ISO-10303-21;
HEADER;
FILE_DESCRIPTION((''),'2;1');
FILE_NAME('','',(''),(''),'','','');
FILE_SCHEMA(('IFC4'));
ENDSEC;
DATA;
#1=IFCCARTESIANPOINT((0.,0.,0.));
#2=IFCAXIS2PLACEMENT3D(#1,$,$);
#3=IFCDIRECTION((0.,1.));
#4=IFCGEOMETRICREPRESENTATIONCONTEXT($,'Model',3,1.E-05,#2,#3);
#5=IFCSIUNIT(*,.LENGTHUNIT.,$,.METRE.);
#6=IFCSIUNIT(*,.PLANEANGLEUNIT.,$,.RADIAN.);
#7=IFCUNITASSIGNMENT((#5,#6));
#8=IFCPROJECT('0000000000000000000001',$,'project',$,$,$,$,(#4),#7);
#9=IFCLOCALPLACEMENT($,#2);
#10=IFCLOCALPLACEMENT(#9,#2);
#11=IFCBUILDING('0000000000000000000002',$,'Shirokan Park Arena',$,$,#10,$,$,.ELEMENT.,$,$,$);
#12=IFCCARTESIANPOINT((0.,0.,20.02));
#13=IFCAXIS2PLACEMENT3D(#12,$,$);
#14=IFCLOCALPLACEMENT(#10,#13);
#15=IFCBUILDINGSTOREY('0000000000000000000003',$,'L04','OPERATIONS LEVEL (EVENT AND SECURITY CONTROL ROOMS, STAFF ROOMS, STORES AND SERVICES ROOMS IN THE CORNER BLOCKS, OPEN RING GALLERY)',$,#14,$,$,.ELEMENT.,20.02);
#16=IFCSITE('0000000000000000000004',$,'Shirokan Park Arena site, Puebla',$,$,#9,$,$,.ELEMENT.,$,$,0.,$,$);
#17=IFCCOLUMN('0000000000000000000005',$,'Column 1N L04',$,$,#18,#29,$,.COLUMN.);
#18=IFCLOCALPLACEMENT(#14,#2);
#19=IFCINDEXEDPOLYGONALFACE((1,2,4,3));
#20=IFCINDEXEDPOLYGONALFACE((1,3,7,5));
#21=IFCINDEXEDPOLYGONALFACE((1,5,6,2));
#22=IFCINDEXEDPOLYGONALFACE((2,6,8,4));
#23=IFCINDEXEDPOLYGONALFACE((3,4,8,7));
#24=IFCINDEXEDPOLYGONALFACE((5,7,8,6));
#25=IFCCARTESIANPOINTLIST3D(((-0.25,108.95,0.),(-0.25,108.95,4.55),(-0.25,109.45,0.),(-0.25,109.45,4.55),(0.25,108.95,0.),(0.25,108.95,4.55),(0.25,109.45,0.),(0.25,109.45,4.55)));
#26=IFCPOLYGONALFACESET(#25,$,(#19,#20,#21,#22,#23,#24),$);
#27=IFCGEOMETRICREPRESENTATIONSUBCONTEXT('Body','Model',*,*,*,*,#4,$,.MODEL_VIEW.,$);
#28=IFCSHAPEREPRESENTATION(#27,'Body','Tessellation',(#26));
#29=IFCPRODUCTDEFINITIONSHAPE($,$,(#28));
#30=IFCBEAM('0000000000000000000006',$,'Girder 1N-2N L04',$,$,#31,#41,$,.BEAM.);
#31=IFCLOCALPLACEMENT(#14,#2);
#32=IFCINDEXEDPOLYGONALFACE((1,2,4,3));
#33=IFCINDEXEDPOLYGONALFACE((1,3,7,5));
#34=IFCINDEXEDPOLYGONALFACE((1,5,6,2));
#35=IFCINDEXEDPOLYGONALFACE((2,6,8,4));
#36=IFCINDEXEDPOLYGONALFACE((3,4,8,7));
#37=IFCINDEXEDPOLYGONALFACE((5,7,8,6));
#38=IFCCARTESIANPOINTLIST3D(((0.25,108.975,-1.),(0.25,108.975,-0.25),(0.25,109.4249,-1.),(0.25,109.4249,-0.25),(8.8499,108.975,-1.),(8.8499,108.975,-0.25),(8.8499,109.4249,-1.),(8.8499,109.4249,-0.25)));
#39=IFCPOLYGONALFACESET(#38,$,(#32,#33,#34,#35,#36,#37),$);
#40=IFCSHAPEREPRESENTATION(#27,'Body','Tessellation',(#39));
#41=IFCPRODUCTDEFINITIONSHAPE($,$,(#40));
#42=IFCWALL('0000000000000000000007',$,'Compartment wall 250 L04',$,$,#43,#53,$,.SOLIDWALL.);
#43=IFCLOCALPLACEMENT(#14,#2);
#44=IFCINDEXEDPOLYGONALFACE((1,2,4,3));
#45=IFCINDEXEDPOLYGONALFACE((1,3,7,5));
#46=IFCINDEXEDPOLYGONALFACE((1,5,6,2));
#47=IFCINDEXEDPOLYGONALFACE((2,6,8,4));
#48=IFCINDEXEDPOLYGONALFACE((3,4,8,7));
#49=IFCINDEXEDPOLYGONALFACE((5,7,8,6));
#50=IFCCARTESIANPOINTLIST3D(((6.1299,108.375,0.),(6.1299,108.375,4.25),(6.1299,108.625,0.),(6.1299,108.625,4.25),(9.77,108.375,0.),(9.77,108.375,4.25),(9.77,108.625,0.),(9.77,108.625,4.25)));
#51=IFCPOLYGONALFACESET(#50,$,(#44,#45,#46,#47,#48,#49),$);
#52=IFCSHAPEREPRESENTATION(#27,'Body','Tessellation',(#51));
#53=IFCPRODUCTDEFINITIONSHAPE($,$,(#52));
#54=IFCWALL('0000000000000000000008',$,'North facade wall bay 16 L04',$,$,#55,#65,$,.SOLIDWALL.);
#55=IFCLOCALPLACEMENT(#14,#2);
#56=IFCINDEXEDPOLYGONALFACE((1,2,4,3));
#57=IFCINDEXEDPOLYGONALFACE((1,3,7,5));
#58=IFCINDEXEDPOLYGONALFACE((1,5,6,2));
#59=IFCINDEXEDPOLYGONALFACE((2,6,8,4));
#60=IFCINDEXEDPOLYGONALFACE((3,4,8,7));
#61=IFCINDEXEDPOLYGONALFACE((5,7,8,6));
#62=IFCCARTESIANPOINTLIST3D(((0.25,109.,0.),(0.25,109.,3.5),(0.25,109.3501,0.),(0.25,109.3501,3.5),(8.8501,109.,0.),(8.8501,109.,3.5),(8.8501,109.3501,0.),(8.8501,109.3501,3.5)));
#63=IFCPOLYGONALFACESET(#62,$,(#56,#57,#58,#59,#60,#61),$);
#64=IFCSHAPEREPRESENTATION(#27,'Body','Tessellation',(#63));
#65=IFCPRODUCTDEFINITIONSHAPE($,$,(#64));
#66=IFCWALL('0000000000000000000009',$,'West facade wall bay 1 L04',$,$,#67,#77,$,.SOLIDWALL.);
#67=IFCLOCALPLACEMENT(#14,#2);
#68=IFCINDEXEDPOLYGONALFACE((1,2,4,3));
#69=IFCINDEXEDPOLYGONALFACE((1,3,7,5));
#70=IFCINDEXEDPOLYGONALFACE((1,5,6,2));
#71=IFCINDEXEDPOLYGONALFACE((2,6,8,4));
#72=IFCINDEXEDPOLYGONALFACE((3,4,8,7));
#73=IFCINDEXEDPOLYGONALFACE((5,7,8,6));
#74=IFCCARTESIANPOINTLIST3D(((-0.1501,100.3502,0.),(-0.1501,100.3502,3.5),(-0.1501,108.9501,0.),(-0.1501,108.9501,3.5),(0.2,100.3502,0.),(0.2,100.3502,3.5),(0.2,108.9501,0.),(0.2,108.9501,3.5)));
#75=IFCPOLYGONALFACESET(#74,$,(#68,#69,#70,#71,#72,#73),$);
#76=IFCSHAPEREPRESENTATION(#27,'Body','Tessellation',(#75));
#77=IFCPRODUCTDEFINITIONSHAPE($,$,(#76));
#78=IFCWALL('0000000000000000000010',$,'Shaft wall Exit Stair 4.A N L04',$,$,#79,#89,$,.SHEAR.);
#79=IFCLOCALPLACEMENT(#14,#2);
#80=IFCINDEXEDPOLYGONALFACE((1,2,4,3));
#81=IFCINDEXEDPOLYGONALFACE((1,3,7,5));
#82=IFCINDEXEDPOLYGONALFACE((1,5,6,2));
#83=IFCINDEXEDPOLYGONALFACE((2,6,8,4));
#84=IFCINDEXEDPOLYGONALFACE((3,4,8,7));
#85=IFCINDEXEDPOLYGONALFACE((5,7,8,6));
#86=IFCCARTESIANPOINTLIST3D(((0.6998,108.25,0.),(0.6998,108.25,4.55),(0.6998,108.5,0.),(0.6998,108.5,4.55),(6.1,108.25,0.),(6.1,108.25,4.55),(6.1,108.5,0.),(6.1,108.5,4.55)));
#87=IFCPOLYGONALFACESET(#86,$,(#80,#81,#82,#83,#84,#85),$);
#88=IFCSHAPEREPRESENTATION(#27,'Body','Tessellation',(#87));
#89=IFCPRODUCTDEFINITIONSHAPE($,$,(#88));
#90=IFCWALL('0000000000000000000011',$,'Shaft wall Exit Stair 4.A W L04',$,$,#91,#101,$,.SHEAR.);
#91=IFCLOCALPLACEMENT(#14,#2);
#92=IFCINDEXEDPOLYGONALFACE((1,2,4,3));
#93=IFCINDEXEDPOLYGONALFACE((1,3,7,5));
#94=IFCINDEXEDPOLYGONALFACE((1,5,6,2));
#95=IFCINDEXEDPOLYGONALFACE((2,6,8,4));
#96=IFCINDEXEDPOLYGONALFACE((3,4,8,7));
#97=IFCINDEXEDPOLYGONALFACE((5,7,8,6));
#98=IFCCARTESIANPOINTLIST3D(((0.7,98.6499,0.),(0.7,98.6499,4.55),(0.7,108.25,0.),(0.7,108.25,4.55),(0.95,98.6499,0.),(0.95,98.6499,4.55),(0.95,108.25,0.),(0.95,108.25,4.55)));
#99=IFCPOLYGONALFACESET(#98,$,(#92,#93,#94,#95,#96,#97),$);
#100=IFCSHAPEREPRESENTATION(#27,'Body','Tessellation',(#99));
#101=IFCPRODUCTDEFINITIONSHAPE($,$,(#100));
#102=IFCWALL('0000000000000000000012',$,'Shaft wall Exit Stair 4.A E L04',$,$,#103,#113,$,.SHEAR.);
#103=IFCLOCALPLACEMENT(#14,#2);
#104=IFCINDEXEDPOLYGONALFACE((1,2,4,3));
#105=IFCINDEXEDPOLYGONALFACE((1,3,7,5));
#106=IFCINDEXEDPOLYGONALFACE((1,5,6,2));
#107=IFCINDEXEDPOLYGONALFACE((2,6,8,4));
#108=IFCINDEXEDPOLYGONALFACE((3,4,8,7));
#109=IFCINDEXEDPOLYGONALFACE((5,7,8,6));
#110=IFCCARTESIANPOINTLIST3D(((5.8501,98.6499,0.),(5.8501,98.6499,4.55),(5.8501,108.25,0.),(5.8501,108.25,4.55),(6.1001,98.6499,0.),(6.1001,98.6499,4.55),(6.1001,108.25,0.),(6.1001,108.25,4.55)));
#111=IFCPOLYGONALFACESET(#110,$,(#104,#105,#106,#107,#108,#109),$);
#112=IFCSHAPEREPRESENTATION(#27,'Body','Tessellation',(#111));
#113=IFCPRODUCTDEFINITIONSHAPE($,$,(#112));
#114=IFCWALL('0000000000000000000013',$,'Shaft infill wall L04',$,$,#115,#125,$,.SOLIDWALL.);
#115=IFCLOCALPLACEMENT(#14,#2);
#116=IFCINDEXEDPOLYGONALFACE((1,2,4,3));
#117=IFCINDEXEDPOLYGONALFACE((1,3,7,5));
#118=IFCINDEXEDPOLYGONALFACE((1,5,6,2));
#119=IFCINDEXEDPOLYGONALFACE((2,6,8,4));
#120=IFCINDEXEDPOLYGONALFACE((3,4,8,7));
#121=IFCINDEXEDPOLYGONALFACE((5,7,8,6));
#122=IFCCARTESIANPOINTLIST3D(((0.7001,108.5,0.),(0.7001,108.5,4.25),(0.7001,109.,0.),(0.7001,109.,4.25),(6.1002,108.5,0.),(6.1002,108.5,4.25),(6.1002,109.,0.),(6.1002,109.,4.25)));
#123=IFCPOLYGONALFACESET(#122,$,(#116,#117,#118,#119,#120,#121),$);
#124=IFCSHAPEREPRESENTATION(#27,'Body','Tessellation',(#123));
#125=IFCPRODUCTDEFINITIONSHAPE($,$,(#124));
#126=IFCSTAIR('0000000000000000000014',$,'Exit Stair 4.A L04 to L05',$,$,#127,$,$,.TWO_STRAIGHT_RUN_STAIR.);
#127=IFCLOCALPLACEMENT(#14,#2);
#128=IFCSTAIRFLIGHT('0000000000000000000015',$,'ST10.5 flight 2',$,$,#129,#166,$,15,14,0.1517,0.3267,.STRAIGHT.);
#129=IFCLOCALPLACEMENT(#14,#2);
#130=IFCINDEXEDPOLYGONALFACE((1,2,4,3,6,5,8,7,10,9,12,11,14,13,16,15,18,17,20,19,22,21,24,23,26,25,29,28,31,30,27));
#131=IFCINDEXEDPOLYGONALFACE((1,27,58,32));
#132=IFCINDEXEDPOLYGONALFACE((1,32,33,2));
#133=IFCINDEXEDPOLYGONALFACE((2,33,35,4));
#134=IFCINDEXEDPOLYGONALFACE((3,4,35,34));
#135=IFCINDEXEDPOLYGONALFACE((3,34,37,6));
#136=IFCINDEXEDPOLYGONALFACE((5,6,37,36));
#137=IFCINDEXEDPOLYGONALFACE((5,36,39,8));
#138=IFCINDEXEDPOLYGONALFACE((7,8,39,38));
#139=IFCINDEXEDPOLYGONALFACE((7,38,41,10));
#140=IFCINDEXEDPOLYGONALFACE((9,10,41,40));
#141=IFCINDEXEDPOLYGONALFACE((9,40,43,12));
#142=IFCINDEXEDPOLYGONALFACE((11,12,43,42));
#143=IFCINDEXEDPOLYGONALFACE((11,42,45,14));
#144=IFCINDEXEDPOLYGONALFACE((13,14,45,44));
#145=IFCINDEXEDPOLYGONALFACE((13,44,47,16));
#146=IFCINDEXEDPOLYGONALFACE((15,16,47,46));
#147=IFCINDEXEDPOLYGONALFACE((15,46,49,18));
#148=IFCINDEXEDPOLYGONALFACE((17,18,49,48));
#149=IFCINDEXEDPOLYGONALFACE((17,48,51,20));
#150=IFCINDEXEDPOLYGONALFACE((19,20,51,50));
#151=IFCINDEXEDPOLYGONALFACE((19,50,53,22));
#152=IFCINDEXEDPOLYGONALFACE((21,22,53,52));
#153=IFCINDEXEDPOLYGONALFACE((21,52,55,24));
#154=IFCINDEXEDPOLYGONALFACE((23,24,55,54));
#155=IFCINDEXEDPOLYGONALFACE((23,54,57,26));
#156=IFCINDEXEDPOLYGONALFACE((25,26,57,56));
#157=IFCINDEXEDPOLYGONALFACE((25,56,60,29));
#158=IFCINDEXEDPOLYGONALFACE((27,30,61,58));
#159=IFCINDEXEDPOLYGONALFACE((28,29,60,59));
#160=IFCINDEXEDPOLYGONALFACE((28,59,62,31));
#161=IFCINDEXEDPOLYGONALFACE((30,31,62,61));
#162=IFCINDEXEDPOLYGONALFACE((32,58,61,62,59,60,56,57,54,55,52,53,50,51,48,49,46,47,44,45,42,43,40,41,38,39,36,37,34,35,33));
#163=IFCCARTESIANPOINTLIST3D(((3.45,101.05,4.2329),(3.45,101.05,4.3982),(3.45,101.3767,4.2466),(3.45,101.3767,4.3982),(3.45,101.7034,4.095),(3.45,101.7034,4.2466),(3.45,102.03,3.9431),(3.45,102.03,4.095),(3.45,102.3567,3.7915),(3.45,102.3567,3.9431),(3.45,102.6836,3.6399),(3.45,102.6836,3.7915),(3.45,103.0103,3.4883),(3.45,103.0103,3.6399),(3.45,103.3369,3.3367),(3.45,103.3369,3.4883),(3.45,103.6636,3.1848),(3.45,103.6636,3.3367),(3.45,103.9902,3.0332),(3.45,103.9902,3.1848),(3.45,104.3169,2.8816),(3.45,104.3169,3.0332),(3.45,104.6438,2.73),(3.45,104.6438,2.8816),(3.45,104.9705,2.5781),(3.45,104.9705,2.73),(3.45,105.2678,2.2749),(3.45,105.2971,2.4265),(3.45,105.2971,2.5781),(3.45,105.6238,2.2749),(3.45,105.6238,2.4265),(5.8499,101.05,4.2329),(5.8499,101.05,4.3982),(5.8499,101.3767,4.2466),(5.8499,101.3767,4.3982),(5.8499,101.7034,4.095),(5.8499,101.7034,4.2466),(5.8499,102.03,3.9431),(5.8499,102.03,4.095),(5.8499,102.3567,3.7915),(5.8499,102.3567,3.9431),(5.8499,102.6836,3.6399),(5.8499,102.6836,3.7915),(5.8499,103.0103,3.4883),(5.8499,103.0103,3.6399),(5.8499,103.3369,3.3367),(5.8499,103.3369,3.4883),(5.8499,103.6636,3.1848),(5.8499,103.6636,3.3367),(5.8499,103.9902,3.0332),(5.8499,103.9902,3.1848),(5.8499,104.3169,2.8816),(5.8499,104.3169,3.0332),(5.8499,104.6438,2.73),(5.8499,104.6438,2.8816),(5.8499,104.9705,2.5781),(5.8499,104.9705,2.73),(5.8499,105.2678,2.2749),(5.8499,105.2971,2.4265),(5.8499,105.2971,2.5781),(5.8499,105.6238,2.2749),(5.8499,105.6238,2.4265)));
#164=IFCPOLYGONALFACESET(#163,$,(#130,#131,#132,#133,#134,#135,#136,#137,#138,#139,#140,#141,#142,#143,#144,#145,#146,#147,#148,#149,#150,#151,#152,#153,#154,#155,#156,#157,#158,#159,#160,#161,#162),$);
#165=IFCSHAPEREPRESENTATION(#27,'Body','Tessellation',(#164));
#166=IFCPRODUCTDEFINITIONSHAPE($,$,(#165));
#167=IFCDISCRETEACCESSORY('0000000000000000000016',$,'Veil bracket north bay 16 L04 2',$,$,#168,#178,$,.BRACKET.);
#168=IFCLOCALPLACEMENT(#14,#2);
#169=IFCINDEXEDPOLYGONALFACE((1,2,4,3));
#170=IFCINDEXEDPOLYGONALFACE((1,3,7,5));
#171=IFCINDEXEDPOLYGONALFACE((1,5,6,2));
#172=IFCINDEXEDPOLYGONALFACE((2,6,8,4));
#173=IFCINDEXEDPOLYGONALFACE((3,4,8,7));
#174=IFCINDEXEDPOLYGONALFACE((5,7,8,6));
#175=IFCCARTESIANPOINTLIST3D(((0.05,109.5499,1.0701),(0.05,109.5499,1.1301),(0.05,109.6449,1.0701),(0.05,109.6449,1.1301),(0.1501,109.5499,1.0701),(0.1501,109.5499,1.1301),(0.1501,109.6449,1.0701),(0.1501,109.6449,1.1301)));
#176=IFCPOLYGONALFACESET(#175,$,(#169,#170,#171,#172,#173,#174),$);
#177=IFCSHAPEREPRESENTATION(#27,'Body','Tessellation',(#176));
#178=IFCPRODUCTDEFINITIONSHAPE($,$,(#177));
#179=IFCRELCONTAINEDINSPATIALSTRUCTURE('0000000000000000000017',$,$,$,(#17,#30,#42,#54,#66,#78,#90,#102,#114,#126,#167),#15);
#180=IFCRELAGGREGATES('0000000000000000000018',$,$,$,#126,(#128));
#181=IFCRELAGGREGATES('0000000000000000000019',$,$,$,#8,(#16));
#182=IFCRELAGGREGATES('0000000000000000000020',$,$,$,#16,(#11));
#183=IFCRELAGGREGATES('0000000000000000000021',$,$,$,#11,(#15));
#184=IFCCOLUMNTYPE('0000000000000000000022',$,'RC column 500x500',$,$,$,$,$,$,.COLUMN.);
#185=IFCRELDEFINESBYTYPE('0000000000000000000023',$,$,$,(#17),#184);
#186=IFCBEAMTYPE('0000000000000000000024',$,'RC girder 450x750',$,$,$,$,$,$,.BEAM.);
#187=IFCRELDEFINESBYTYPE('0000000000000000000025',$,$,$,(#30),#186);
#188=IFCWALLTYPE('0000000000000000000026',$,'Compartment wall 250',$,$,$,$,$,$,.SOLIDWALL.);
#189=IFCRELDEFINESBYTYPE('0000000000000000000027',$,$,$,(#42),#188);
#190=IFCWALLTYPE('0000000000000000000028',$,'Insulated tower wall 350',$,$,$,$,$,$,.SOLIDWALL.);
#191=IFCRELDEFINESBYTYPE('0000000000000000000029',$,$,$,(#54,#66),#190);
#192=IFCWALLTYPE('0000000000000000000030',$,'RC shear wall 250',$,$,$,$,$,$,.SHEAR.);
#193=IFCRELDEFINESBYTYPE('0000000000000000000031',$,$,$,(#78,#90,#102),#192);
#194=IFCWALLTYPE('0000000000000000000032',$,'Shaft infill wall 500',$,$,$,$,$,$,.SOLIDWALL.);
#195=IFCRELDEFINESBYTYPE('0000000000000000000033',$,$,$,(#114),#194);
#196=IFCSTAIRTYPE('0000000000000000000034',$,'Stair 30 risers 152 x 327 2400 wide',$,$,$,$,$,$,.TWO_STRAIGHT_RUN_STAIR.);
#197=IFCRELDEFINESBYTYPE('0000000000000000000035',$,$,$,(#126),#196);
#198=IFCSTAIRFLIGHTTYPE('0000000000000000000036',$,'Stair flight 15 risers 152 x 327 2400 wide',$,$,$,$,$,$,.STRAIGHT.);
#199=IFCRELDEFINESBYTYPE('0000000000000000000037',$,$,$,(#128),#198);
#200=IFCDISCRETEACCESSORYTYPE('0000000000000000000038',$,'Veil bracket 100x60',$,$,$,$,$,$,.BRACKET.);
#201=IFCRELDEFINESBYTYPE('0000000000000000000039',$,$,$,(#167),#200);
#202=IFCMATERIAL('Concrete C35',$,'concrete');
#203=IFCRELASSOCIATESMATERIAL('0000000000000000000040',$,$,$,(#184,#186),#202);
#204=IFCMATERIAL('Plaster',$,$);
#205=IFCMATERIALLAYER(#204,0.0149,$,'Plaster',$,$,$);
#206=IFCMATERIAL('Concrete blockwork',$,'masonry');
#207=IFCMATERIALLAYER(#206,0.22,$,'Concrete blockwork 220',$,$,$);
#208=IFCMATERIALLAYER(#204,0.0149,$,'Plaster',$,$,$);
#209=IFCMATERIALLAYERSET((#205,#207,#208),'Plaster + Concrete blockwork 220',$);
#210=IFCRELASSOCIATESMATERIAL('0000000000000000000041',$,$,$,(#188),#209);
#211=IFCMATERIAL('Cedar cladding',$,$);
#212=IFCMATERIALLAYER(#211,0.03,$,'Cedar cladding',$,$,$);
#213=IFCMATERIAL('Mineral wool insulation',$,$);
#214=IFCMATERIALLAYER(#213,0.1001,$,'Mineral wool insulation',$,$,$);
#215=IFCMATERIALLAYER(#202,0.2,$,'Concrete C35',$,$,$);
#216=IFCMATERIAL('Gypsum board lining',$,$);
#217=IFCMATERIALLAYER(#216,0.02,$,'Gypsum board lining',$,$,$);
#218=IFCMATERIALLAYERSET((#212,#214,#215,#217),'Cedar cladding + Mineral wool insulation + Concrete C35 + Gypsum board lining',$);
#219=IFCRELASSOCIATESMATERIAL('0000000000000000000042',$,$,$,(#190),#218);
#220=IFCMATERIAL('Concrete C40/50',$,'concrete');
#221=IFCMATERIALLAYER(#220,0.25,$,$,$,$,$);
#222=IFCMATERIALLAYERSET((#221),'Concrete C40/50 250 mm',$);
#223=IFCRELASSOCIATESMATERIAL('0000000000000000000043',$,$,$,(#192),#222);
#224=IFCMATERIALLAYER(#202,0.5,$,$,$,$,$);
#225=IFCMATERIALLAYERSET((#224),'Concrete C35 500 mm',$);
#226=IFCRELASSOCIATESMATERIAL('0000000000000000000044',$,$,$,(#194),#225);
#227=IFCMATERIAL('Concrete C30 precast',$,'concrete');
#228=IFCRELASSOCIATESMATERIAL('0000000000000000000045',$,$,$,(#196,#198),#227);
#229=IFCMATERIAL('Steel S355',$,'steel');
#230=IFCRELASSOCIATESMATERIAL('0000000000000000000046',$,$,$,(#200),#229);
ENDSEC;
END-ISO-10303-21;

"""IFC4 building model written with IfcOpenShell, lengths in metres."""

from ifc_helpers import new_model, si_unit, direction, frame, frame_2d, origin, origin_2d, place, context, subcontext, project, spatial, polyline, rectangle, outline, extrude, material, layer, layer_set, material_profile, profile_set, type_object, element, aggregate, save


model = new_model("IFC4")

# Units and contexts
model_context = context("Model", 3, precision=1e-05, world=origin(), true_north=direction((0.0, 1.0)))
body_context = subcontext(model_context, "Body", "Model", "MODEL_VIEW")
ifc_project = project(units=[si_unit("LENGTHUNIT", "METRE"), si_unit("PLANEANGLEUNIT", "RADIAN")], contexts=[model_context])

# Site, building, storey
site_placement = place(None, origin())
site = spatial("IfcSite", under=ifc_project, at=site_placement, Name="Shirokan Park Arena site, Puebla", CompositionType="ELEMENT", RefElevation=0.0)
building_placement = place(site_placement, origin())
building = spatial("IfcBuilding", under=site, at=building_placement, Name="Shirokan Park Arena", CompositionType="ELEMENT")
storey_placement = place(building_placement, frame((0.0, 0.0, 20.02)))
storey = spatial("IfcBuildingStorey", under=building, at=storey_placement, Name="L04", Description="OPERATIONS LEVEL (EVENT AND SECURITY CONTROL ROOMS, STAFF ROOMS, STORES AND SERVICES ROOMS IN THE CORNER BLOCKS, OPEN RING GALLERY)", CompositionType="ELEMENT", Elevation=20.02)

# Column
ifc_material_1 = material(Name="Concrete C35", Category="concrete")
ifc_material_profile_1 = material_profile(ifc_material_1, rectangle(XDim=0.5, YDim=0.5, at=origin_2d()), Name="500x500")
ifc_profile_set_1 = profile_set([ifc_material_profile_1], Name="Concrete C35")
column_type = type_object("IfcColumnType", Name="RC column 500x500", PredefinedType="COLUMN", material=ifc_profile_set_1)
column_placement = place(storey_placement, frame((0.0, 109.2, 0.0), z_axis=(0.0, 0.0, 1.0), x_axis=(1.0, 0.0, 0.0)))
element("IfcColumn", 1, at=column_placement, inside=storey, type_object=column_type, Name="Column 1N L04", PredefinedType="COLUMN", context=body_context, shape_type="SweptSolid", body=[
    extrude(rectangle(XDim=0.5, YDim=0.5, at=origin_2d()), origin(), (0.0, 0.0, 1.0), 4.55),
])

# Beam
ifc_material_profile_2 = material_profile(ifc_material_1, rectangle(XDim=0.45, YDim=0.75, at=origin_2d()), Name="450x750")
ifc_profile_set_2 = profile_set([ifc_material_profile_2], Name="Concrete C35")
beam_type = type_object("IfcBeamType", Name="RC girder 450x750", PredefinedType="BEAM", material=ifc_profile_set_2)
beam_placement = place(storey_placement, frame((0.25, 109.2, -0.625), z_axis=(1.0, 0.0, 0.0), x_axis=(0.0, 1.0, 0.0)))
element("IfcBeam", 2, at=beam_placement, inside=storey, type_object=beam_type, Name="Girder 1N-2N L04", PredefinedType="BEAM", context=body_context, shape_type="SweptSolid", body=[
    extrude(rectangle(XDim=0.45, YDim=0.75, at=origin_2d()), origin(), (0.0, 0.0, 1.0), 8.5999),
])

# Walls
ifc_material_2 = material(Name="Plaster")
ifc_layer_1 = layer(ifc_material_2, 0.0149, Name="Plaster")
ifc_material_3 = material(Name="Concrete blockwork", Category="masonry")
ifc_layer_2 = layer(ifc_material_3, 0.22, Name="Concrete blockwork 220")
ifc_layer_3 = layer(ifc_material_2, 0.0149, Name="Plaster")
ifc_layer_set_1 = layer_set([ifc_layer_1, ifc_layer_2, ifc_layer_3], Name="Plaster + Concrete blockwork 220")
wall_type_1 = type_object("IfcWallType", Name="Compartment wall 250", PredefinedType="SOLIDWALL", material=ifc_layer_set_1)
wall_1_placement = place(storey_placement, frame((6.1299, 108.5, 0.0), z_axis=(0.0, 0.0, 1.0), x_axis=(1.0, 0.0, 0.0)))
element("IfcWall", 3, at=wall_1_placement, inside=storey, type_object=wall_type_1, Name="Compartment wall 250 L04", PredefinedType="SOLIDWALL", context=body_context, shape_type="SweptSolid", body=[
    extrude(rectangle(XDim=3.6401, YDim=0.25, at=frame_2d((1.8201, 0.0))), origin(), (0.0, 0.0, 1.0), 4.25),
])
ifc_material_4 = material(Name="Cedar cladding")
ifc_layer_4 = layer(ifc_material_4, 0.03, Name="Cedar cladding")
ifc_material_5 = material(Name="Mineral wool insulation")
ifc_layer_5 = layer(ifc_material_5, 0.1001, Name="Mineral wool insulation")
ifc_layer_6 = layer(ifc_material_1, 0.2, Name="Concrete C35")
ifc_material_6 = material(Name="Gypsum board lining")
ifc_layer_7 = layer(ifc_material_6, 0.02, Name="Gypsum board lining")
ifc_layer_set_2 = layer_set([ifc_layer_4, ifc_layer_5, ifc_layer_6, ifc_layer_7], Name="Cedar cladding + Mineral wool insulation + Concrete C35 + Gypsum board lining")
wall_type_2 = type_object("IfcWallType", Name="Insulated tower wall 350", PredefinedType="SOLIDWALL", material=ifc_layer_set_2)
wall_2_placement = place(storey_placement, frame((8.8501, 109.175, 0.0), z_axis=(0.0, 0.0, 1.0), x_axis=(-1.0, 0.0, 0.0)))
element("IfcWall", 4, at=wall_2_placement, inside=storey, type_object=wall_type_2, Name="North facade wall bay 16 L04", PredefinedType="SOLIDWALL", context=body_context, shape_type="SweptSolid", body=[
    extrude(rectangle(XDim=8.6001, YDim=0.3501, at=frame_2d((4.3, 0.0))), origin(), (0.0, 0.0, 1.0), 3.5),
])
wall_3_placement = place(storey_placement, frame((0.0249, 108.95, 0.0), z_axis=(0.0, 0.0, 1.0), x_axis=(0.0, -1.0, 0.0)))
element("IfcWall", 5, at=wall_3_placement, inside=storey, type_object=wall_type_2, Name="West facade wall bay 1 L04", PredefinedType="SOLIDWALL", context=body_context, shape_type="SweptSolid", body=[
    extrude(rectangle(XDim=8.5999, YDim=0.3501, at=frame_2d((4.2998, 0.0))), origin(), (0.0, 0.0, 1.0), 3.5),
])
ifc_material_7 = material(Name="Concrete C40/50", Category="concrete")
ifc_layer_8 = layer(ifc_material_7, 0.25)
ifc_layer_set_3 = layer_set([ifc_layer_8], Name="Concrete C40/50 250 mm")
wall_type_3 = type_object("IfcWallType", Name="RC shear wall 250", PredefinedType="SHEAR", material=ifc_layer_set_3)
wall_4_placement = place(storey_placement, frame((6.1001, 108.375, 0.0), z_axis=(0.0, 0.0, 1.0), x_axis=(-1.0, 0.0, 0.0)))
element("IfcWall", 6, at=wall_4_placement, inside=storey, type_object=wall_type_3, Name="Shaft wall Exit Stair 4.A N L04", PredefinedType="SHEAR", context=body_context, shape_type="SweptSolid", body=[
    extrude(rectangle(XDim=5.4001, YDim=0.25, at=frame_2d((2.7002, 0.0))), origin(), (0.0, 0.0, 1.0), 4.55),
])
for number, where, z_axis, x_axis, name in (
    (7, (0.825, 108.25, 0.0), (0.0, 0.0, 1.0), (0.0, -1.0, 0.0), "Shaft wall Exit Stair 4.A W L04"),
    (8, (5.9751, 108.25, 0.0), (0.0, 0.0, 1.0), (0.0, -1.0, 0.0), "Shaft wall Exit Stair 4.A E L04"),
):
    element("IfcWall", number, at=place(storey_placement, frame(where, z_axis=z_axis, x_axis=x_axis)), inside=storey, type_object=wall_type_3, Name=name, PredefinedType="SHEAR", context=body_context, shape_type="SweptSolid", body=[
        extrude(rectangle(XDim=9.6001, YDim=0.25, at=frame_2d((4.8, 0.0))), origin(), (0.0, 0.0, 1.0), 4.55),
    ])
ifc_layer_9 = layer(ifc_material_1, 0.5)
ifc_layer_set_4 = layer_set([ifc_layer_9], Name="Concrete C35 500 mm")
wall_type_4 = type_object("IfcWallType", Name="Shaft infill wall 500", PredefinedType="SOLIDWALL", material=ifc_layer_set_4)
wall_5_placement = place(storey_placement, frame((0.7, 108.75, 0.0), z_axis=(0.0, 0.0, 1.0), x_axis=(1.0, 0.0, 0.0)))
element("IfcWall", 9, at=wall_5_placement, inside=storey, type_object=wall_type_4, Name="Shaft infill wall L04", PredefinedType="SOLIDWALL", context=body_context, shape_type="SweptSolid", body=[
    extrude(rectangle(XDim=5.4001, YDim=0.5, at=frame_2d((2.7002, 0.0))), origin(), (0.0, 0.0, 1.0), 4.25),
])

# Stair, stair flight
ifc_material_8 = material(Name="Concrete C30 precast", Category="concrete")
stair_type = type_object("IfcStairType", Name="Stair 30 risers 152 x 327 2400 wide", PredefinedType="TWO_STRAIGHT_RUN_STAIR", material=ifc_material_8)
stair_placement = place(storey_placement, origin())
stair = element("IfcStair", 10, at=stair_placement, inside=storey, type_object=stair_type, Name="Exit Stair 4.A L04 to L05", PredefinedType="TWO_STRAIGHT_RUN_STAIR")
stair_flight_type = type_object("IfcStairFlightType", Name="Stair flight 15 risers 152 x 327 2400 wide", PredefinedType="STRAIGHT", material=ifc_material_8)
stair_flight_placement = place(storey_placement, frame((4.6499, 105.6238, 2.2749), z_axis=(0.0, 0.0, 1.0), x_axis=(0.0, -1.0, 0.0)))
stair_flight = element("IfcStairFlight", 11, at=stair_flight_placement, type_object=stair_flight_type, Name="ST10.5 flight 2", NumberOfRisers=15, NumberOfTreads=14, PredefinedType="STRAIGHT", RiserHeight=0.1517, TreadLength=0.3267, context=body_context, shape_type="SweptSolid", body=[
    extrude(outline(polyline([(0.0, 0.0), (0.0, 0.1516), (0.3267, 0.1516), (0.3267, 0.3032), (0.6533, 0.3032), (0.6533, 0.4551), (0.98, 0.4551), (0.98, 0.6067), (1.3069, 0.6067), (1.3069, 0.7583), (1.6335, 0.7583), (1.6335, 0.9099), (1.9602, 0.9099), (1.9602, 1.0618), (2.2869, 1.0618), (2.2869, 1.2134), (2.6135, 1.2134), (2.6135, 1.365), (2.9402, 1.365), (2.9402, 1.5166), (3.2671, 1.5166), (3.2671, 1.6682), (3.5938, 1.6682), (3.5938, 1.8201), (3.9204, 1.8201), (3.9204, 1.9717), (4.2471, 1.9717), (4.2471, 2.1233), (4.5737, 2.1233), (4.5737, 2.2749), (4.5737, 1.958), (0.356, 0.0), (0.0, 0.0)])), frame((0.0, 1.2, 0.0), z_axis=(0.0, -1.0, 0.0), x_axis=(1.0, 0.0, 0.0)), (0.0, 0.0, 1.0), 2.3999),
])
aggregate(stair, [stair_flight])

# Discrete accessory
ifc_material_9 = material(Name="Steel S355", Category="steel")
discrete_accessory_type = type_object("IfcDiscreteAccessoryType", Name="Veil bracket 100x60", PredefinedType="BRACKET", material=ifc_material_9)
for number, where, z_axis, x_axis, name in (
    (12, (0.1001, 109.5974, 1.0701), (0.0, 0.0, 1.0), (-1.0, 0.0, 0.0), "Veil bracket north bay 16 L04 2"),
):
    element("IfcDiscreteAccessory", number, at=place(storey_placement, frame(where, z_axis=z_axis, x_axis=x_axis)), inside=storey, type_object=discrete_accessory_type, Name=name, PredefinedType="BRACKET", context=body_context, shape_type="SweptSolid", body=[
        extrude(rectangle(XDim=0.1001, YDim=0.095, at=origin_2d()), origin(), (0.0, 0.0, 1.0), 0.0601),
    ])

save(model, "model.ifc")
